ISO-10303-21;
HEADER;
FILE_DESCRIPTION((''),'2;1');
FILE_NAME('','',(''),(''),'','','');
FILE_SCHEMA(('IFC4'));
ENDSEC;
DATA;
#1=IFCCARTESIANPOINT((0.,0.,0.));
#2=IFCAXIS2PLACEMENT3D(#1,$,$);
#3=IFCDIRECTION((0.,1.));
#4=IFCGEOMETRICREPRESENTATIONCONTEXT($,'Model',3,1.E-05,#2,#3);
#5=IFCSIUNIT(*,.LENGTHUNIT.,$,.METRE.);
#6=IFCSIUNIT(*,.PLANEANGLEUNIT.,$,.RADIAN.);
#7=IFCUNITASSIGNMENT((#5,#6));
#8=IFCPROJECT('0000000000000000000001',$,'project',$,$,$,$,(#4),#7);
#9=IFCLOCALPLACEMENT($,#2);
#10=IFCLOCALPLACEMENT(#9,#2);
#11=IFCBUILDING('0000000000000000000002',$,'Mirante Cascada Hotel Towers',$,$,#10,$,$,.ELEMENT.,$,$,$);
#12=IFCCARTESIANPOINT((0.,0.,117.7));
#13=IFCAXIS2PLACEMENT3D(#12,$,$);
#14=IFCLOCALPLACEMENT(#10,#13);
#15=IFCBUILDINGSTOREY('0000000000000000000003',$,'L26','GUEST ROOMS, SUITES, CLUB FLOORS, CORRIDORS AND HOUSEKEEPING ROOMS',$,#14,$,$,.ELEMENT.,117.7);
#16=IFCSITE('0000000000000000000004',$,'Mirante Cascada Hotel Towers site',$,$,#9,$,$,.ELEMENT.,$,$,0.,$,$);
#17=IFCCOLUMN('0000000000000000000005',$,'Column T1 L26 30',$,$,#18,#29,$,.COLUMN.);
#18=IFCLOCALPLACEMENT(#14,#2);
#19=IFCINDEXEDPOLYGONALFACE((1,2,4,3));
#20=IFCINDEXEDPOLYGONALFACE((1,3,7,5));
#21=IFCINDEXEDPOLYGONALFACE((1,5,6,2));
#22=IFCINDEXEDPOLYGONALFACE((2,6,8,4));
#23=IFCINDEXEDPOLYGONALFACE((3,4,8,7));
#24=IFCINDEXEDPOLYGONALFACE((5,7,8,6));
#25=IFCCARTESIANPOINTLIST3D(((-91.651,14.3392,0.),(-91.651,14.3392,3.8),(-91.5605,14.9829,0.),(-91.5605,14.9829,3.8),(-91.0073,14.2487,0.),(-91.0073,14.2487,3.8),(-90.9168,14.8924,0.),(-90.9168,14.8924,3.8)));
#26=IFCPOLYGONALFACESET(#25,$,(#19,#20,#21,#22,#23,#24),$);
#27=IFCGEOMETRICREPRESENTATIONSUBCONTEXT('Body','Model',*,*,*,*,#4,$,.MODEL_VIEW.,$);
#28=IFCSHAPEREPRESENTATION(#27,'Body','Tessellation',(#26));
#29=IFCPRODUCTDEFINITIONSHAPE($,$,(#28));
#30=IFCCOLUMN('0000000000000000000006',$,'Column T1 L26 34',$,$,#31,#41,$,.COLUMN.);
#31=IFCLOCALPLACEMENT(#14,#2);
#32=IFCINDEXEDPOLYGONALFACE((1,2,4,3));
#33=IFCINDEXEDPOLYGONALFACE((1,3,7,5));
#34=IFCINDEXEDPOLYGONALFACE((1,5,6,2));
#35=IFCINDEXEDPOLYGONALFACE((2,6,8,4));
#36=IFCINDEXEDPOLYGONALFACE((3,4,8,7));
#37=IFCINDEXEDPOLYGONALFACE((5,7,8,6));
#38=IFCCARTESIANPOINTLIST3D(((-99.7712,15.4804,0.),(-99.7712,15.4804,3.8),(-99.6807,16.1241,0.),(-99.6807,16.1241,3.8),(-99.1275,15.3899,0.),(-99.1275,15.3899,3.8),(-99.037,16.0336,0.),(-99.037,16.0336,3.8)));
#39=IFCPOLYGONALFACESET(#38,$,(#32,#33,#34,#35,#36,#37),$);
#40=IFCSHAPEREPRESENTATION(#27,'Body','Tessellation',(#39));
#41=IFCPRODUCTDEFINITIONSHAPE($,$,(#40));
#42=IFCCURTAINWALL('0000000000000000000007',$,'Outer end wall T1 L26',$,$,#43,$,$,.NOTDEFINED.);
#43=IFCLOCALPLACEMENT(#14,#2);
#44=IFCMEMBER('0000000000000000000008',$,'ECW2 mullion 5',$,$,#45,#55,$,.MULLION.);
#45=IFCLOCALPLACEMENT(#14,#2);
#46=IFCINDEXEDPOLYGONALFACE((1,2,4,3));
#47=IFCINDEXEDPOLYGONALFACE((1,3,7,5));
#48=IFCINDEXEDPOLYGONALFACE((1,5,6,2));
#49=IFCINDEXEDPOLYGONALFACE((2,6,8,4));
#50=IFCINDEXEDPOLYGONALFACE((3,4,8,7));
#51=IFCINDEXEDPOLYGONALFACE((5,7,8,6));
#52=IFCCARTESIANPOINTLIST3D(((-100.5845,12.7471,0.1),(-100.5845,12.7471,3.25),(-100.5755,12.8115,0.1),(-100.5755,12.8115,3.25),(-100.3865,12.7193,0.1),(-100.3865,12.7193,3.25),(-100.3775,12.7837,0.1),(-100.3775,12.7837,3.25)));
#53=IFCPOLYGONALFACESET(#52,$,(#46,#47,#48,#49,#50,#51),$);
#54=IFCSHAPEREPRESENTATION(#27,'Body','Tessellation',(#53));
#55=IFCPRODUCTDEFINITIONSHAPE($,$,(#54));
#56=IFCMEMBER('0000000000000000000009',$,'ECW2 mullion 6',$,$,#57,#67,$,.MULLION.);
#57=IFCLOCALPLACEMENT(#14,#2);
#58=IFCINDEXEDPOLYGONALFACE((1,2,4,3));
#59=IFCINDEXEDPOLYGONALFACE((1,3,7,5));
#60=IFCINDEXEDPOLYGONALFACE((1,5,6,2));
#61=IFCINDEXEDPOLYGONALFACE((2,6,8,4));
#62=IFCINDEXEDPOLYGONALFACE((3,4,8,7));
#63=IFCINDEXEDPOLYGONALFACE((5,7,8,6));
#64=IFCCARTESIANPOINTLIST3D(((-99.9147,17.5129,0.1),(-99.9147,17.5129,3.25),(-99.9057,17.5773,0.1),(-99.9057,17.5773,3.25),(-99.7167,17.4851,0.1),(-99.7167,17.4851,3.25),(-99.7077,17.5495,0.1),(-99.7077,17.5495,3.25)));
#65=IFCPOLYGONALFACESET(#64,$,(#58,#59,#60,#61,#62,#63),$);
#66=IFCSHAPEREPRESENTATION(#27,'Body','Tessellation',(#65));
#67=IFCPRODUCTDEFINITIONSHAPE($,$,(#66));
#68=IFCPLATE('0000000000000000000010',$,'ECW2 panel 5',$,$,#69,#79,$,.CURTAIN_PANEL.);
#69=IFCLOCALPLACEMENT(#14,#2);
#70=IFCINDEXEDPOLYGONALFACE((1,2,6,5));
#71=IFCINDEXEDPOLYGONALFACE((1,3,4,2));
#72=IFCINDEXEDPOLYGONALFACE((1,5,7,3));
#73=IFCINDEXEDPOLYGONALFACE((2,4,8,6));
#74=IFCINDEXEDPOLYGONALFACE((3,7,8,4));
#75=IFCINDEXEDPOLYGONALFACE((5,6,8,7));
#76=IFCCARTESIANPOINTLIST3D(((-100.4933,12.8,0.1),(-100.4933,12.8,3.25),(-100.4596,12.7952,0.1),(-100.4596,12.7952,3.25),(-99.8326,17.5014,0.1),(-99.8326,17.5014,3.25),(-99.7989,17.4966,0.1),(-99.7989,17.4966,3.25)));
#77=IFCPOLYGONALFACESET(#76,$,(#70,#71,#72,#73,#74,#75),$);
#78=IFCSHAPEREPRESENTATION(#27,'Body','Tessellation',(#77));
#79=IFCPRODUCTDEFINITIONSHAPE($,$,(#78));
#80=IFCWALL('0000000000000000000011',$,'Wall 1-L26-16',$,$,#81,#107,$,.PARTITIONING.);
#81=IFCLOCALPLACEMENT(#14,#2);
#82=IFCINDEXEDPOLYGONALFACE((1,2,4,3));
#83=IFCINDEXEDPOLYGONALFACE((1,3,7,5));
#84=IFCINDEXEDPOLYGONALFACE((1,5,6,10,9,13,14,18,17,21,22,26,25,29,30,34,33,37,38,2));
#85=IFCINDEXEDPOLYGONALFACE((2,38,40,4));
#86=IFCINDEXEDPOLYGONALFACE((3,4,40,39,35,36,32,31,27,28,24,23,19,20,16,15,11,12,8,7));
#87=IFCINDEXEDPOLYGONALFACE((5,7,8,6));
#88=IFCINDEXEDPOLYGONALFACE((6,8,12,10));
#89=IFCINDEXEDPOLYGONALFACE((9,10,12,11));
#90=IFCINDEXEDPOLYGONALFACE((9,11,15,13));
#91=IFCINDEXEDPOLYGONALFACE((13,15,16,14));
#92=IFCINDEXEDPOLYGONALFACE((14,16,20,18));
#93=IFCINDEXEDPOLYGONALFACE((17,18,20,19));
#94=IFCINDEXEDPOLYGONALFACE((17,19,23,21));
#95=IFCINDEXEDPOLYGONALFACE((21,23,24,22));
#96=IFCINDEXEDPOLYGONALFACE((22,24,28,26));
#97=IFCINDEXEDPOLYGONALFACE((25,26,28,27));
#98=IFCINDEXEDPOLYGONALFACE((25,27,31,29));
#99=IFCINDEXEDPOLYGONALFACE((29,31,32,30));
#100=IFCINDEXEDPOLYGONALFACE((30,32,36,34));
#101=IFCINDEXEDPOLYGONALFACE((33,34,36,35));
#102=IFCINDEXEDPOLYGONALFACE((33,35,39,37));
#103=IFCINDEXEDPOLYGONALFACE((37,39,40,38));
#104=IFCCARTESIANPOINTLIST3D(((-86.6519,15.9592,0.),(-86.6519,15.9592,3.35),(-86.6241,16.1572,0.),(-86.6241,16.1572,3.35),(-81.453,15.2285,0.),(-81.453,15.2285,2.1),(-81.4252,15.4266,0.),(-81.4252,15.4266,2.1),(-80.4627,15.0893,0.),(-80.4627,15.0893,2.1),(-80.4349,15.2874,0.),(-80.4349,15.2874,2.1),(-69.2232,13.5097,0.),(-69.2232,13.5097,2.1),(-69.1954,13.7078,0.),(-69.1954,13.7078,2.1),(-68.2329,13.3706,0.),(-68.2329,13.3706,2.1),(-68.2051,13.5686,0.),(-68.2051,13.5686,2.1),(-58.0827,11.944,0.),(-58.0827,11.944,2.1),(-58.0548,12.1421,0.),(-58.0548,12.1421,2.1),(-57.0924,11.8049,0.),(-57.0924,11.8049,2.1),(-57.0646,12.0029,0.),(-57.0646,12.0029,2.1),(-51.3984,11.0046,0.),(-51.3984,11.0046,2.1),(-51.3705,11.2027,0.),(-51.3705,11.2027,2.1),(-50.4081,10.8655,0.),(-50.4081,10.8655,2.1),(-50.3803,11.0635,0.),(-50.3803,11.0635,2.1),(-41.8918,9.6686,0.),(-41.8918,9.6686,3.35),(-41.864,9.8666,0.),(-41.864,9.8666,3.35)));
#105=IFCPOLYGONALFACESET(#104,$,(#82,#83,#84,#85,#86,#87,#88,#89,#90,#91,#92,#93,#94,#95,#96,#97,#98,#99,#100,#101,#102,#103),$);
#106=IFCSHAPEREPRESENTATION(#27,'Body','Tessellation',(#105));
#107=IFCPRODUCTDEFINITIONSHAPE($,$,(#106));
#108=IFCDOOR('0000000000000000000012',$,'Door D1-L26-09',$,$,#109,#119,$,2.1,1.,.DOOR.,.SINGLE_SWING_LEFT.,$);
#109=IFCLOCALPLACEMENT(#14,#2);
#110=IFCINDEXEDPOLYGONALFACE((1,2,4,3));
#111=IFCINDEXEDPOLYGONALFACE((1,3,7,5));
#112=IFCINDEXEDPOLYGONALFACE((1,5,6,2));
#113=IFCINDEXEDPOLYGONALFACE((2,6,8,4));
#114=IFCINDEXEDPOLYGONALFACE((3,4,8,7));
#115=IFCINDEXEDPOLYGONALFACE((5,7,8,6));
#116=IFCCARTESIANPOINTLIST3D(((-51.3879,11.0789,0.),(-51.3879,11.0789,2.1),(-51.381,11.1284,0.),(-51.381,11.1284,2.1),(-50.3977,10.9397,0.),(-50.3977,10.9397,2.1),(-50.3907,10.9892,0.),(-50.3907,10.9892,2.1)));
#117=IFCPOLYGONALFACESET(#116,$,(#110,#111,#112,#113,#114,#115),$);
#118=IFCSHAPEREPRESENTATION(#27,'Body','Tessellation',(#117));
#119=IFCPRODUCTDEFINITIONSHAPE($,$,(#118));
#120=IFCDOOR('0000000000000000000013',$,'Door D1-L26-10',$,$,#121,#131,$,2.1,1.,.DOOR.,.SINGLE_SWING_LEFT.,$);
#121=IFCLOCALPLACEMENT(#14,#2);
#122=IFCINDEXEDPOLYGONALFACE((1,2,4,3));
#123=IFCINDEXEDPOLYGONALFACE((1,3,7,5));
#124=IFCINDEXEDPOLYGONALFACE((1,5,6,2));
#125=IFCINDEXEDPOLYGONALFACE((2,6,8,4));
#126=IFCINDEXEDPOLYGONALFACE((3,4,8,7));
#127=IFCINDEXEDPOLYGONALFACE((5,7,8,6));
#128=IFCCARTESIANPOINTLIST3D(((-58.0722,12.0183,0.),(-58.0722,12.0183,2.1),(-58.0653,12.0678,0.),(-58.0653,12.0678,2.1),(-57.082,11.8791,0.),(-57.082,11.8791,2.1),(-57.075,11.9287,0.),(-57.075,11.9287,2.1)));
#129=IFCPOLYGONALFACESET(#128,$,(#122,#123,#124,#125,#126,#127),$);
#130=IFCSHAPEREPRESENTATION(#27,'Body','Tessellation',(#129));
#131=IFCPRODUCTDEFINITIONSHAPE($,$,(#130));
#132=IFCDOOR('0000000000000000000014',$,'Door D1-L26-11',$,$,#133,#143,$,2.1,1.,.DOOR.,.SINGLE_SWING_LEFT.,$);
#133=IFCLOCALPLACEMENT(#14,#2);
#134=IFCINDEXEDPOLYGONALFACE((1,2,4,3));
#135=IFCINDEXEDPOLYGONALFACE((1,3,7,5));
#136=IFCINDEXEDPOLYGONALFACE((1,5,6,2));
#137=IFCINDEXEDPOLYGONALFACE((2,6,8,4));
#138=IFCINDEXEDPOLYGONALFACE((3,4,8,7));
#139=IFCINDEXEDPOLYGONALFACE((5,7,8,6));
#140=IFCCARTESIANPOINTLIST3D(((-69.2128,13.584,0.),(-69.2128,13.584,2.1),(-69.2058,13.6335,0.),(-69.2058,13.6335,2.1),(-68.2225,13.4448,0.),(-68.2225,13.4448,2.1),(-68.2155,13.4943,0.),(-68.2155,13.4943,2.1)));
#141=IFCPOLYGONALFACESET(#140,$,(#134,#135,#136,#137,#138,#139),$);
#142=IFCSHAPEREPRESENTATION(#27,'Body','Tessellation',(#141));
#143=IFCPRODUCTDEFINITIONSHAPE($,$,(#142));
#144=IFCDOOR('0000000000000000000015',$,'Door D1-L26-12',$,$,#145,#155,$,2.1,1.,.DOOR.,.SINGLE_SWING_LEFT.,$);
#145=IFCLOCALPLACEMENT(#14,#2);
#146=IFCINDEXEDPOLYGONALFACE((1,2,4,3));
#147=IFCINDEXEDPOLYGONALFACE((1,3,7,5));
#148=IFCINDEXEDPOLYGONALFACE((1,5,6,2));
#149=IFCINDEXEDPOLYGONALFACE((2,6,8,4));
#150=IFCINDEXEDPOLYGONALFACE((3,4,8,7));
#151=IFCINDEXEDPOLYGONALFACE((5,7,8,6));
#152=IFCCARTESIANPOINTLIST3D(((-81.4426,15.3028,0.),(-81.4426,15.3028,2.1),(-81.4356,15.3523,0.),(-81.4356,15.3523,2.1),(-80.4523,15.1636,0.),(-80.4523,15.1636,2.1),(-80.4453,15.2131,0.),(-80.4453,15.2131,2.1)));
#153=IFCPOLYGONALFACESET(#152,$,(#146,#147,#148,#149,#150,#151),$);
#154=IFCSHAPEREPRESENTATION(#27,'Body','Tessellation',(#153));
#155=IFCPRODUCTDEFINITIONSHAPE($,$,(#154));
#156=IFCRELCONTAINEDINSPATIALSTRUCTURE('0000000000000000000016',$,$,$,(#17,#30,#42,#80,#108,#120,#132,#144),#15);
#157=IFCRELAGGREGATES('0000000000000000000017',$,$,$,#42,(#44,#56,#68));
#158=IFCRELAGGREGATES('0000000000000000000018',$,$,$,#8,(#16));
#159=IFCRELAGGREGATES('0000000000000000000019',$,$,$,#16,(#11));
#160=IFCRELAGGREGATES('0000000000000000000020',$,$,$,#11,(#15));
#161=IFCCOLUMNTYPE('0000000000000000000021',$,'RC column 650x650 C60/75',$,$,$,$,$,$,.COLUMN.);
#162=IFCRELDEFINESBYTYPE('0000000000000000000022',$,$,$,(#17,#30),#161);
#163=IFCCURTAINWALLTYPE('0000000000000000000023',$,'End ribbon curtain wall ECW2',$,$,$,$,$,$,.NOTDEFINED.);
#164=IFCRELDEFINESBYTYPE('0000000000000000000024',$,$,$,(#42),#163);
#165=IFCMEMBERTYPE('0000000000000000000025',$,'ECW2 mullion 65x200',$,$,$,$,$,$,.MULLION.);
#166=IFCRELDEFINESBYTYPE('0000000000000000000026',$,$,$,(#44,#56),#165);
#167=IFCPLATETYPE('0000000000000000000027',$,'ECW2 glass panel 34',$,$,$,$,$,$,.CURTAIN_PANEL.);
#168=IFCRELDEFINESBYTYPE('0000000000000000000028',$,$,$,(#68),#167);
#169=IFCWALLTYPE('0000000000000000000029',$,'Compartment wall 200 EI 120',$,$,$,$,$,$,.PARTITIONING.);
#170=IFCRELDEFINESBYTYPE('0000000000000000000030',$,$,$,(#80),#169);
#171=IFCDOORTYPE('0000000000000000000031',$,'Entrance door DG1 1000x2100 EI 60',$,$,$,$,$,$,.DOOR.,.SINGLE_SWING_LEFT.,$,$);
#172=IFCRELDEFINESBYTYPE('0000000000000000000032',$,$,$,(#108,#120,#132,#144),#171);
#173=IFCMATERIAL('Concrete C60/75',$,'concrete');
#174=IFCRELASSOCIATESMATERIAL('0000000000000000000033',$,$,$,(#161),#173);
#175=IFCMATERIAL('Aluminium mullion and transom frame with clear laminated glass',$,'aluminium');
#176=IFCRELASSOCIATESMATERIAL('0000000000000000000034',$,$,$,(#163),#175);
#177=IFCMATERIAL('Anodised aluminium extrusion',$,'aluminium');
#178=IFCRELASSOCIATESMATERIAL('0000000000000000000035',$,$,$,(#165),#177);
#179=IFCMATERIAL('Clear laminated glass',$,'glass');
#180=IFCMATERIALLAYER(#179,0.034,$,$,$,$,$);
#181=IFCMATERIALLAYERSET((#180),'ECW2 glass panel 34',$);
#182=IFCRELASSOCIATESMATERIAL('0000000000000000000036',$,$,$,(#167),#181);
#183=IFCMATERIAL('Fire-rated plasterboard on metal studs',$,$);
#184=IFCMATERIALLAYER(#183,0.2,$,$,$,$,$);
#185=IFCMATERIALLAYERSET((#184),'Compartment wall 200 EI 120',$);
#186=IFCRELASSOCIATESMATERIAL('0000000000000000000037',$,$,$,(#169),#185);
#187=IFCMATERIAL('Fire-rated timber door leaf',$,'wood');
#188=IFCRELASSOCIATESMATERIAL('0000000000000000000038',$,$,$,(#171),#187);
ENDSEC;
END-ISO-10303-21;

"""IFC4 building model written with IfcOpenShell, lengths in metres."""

from ifc_helpers import new_model, si_unit, direction, frame, frame_2d, origin, origin_2d, place, context, subcontext, project, spatial, rectangle, extrude, material, layer, layer_set, material_profile, profile_set, type_object, element, fill, aggregate, save


model = new_model("IFC4")

# Units and contexts
model_context = context("Model", 3, precision=1e-05, world=origin(), true_north=direction((0.0, 1.0)))
body_context = subcontext(model_context, "Body", "Model", "MODEL_VIEW")
ifc_project = project(units=[si_unit("LENGTHUNIT", "METRE"), si_unit("PLANEANGLEUNIT", "RADIAN")], contexts=[model_context])

# Site, building, storey
site_placement = place(None, origin())
site = spatial("IfcSite", under=ifc_project, at=site_placement, Name="Mirante Cascada Hotel Towers site", CompositionType="ELEMENT", RefElevation=0.0)
building_placement = place(site_placement, origin())
building = spatial("IfcBuilding", under=site, at=building_placement, Name="Mirante Cascada Hotel Towers", CompositionType="ELEMENT")
storey_placement = place(building_placement, frame((0.0, 0.0, 117.7)))
storey = spatial("IfcBuildingStorey", under=building, at=storey_placement, Name="L26", Description="GUEST ROOMS, SUITES, CLUB FLOORS, CORRIDORS AND HOUSEKEEPING ROOMS", CompositionType="ELEMENT", Elevation=117.7)

# Columns
ifc_material_1 = material(Name="Concrete C60/75", Category="concrete")
ifc_material_profile_1 = material_profile(ifc_material_1, rectangle(XDim=0.65, YDim=0.65, at=origin_2d()), Name="RC column 650x650 C60/75")
ifc_profile_set_1 = profile_set([ifc_material_profile_1], Name="Concrete C60/75")
column_type = type_object("IfcColumnType", Name="RC column 650x650 C60/75", PredefinedType="COLUMN", material=ifc_profile_set_1)
for number, where, z_axis, x_axis, name in (
    (1, (-91.2839, 14.6158, 0.0), (0.0, 0.0, 1.0), (-0.990268, 0.139173, 0.0), "Column T1 L26 30"),
    (2, (-99.4041, 15.757, 0.0), (0.0, 0.0, 1.0), (-0.990268, 0.139173, 0.0), "Column T1 L26 34"),
):
    element("IfcColumn", number, at=place(storey_placement, frame(where, z_axis=z_axis, x_axis=x_axis)), inside=storey, type_object=column_type, Name=name, PredefinedType="COLUMN", context=body_context, shape_type="SweptSolid", body=[
        extrude(rectangle(XDim=0.65, YDim=0.65, at=origin_2d()), origin(), (0.0, 0.0, 1.0), 3.8),
    ])

# Curtain wall, members, plate
ifc_material_2 = material(Name="Aluminium mullion and transom frame with clear laminated glass", Category="aluminium")
curtain_wall_type = type_object("IfcCurtainWallType", Name="End ribbon curtain wall ECW2", PredefinedType="NOTDEFINED", material=ifc_material_2)
curtain_wall_placement = place(storey_placement, origin())
curtain_wall = element("IfcCurtainWall", 3, at=curtain_wall_placement, inside=storey, type_object=curtain_wall_type, Name="Outer end wall T1 L26", PredefinedType="NOTDEFINED")
ifc_material_3 = material(Name="Anodised aluminium extrusion", Category="aluminium")
ifc_material_profile_2 = material_profile(ifc_material_3, rectangle(XDim=0.2, YDim=0.065, at=origin_2d()), Name="ECW2 MULLION 65x200")
ifc_profile_set_2 = profile_set([ifc_material_profile_2], Name="Anodised aluminium extrusion")
member_type = type_object("IfcMemberType", Name="ECW2 mullion 65x200", PredefinedType="MULLION", material=ifc_profile_set_2)
member_1_placement = place(storey_placement, frame((-100.481, 12.7654, 0.1), z_axis=(0.0, 0.0, 1.0), x_axis=(-0.990268, 0.139173, 0.0)))
member_1 = element("IfcMember", 4, at=member_1_placement, type_object=member_type, Name="ECW2 mullion 5", PredefinedType="MULLION", context=body_context, shape_type="SweptSolid", body=[
    extrude(rectangle(XDim=0.2, YDim=0.065, at=origin_2d()), origin(), (0.0, 0.0, 1.0), 3.15),
])
member_2_placement = place(storey_placement, frame((-99.8112, 17.5312, 0.1), z_axis=(0.0, 0.0, 1.0), x_axis=(-0.990268, 0.139173, 0.0)))
member_2 = element("IfcMember", 5, at=member_2_placement, type_object=member_type, Name="ECW2 mullion 6", PredefinedType="MULLION", context=body_context, shape_type="SweptSolid", body=[
    extrude(rectangle(XDim=0.2, YDim=0.065, at=origin_2d()), origin(), (0.0, 0.0, 1.0), 3.15),
])
ifc_material_4 = material(Name="Clear laminated glass", Category="glass")
ifc_layer_1 = layer(ifc_material_4, 0.034)
ifc_layer_set_1 = layer_set([ifc_layer_1], Name="ECW2 glass panel 34")
plate_type = type_object("IfcPlateType", Name="ECW2 glass panel 34", PredefinedType="CURTAIN_PANEL", material=ifc_layer_set_1)
plate_placement = place(storey_placement, frame((-100.1461, 15.1483, 0.1), z_axis=(0.0, 0.0, 1.0), x_axis=(0.139173, 0.990268, 0.0)))
plate = element("IfcPlate", 6, at=plate_placement, type_object=plate_type, Name="ECW2 panel 5", PredefinedType="CURTAIN_PANEL", context=body_context, shape_type="SweptSolid", body=[
    extrude(rectangle(XDim=4.7476, YDim=0.034, at=origin_2d()), origin(), (0.0, 0.0, 1.0), 3.15),
])
aggregate(curtain_wall, [member_1, member_2, plate])

# Wall, openings, doors
ifc_material_5 = material(Name="Fire-rated plasterboard on metal studs")
ifc_layer_2 = layer(ifc_material_5, 0.2)
ifc_layer_set_2 = layer_set([ifc_layer_2], Name="Compartment wall 200 EI 120")
wall_type_1 = type_object("IfcWallType", Name="Compartment wall 200 EI 120", PredefinedType="PARTITIONING", material=ifc_layer_set_2)
wall_1_placement = place(storey_placement, frame((-86.638, 16.0582, 0.0), z_axis=(0.0, 0.0, 1.0), x_axis=(0.990268, -0.139173, 0.0)))
wall_1 = element("IfcWall", 7, at=wall_1_placement, inside=storey, type_object=wall_type_1, Name="Wall 1-L26-16", PredefinedType="PARTITIONING", context=body_context, shape_type="SweptSolid", body=[
    extrude(rectangle(XDim=45.2, YDim=0.2, at=frame_2d((22.6, 0.0))), origin(), (0.0, 0.0, 1.0), 3.35),
])
opening_1_placement = place(wall_1_placement, frame((35.6, 0.0, 0.0)))
opening_1 = element("IfcOpeningElement", 8, at=opening_1_placement, cuts=wall_1, PredefinedType="OPENING", context=body_context, shape_type="SweptSolid", body=[
    extrude(rectangle(XDim=1.0, YDim=2.1, at=frame_2d((0.5, 1.05))), frame((0.0, 0.1, 0.0), z_axis=(0.0, -1.0, 0.0), x_axis=(1.0, 0.0, 0.0)), (0.0, 0.0, 1.0), 0.2),
])
opening_2_placement = place(wall_1_placement, frame((28.85, 0.0, 0.0)))
opening_2 = element("IfcOpeningElement", 9, at=opening_2_placement, cuts=wall_1, PredefinedType="OPENING", context=body_context, shape_type="SweptSolid", body=[
    extrude(rectangle(XDim=1.0, YDim=2.1, at=frame_2d((0.5, 1.05))), frame((0.0, 0.1, 0.0), z_axis=(0.0, -1.0, 0.0), x_axis=(1.0, 0.0, 0.0)), (0.0, 0.0, 1.0), 0.2),
])
opening_3_placement = place(wall_1_placement, frame((17.6, 0.0, 0.0)))
opening_3 = element("IfcOpeningElement", 10, at=opening_3_placement, cuts=wall_1, PredefinedType="OPENING", context=body_context, shape_type="SweptSolid", body=[
    extrude(rectangle(XDim=1.0, YDim=2.1, at=frame_2d((0.5, 1.05))), frame((0.0, 0.1, 0.0), z_axis=(0.0, -1.0, 0.0), x_axis=(1.0, 0.0, 0.0)), (0.0, 0.0, 1.0), 0.2),
])
opening_4_placement = place(wall_1_placement, frame((5.25, 0.0, 0.0)))
opening_4 = element("IfcOpeningElement", 11, at=opening_4_placement, cuts=wall_1, PredefinedType="OPENING", context=body_context, shape_type="SweptSolid", body=[
    extrude(rectangle(XDim=1.0, YDim=2.1, at=frame_2d((0.5, 1.05))), frame((0.0, 0.1, 0.0), z_axis=(0.0, -1.0, 0.0), x_axis=(1.0, 0.0, 0.0)), (0.0, 0.0, 1.0), 0.2),
])
ifc_material_6 = material(Name="Fire-rated timber door leaf", Category="wood")
door_type_1 = type_object("IfcDoorType", Name="Entrance door DG1 1000x2100 EI 60", OperationType="SINGLE_SWING_LEFT", PredefinedType="DOOR", material=ifc_material_6)
door_1_placement = place(opening_1_placement, origin())
door_1 = element("IfcDoor", 12, at=door_1_placement, inside=storey, type_object=door_type_1, Name="Door D1-L26-09", OperationType="SINGLE_SWING_LEFT", OverallHeight=2.1, OverallWidth=1.0, PredefinedType="DOOR", context=body_context, shape_type="SweptSolid", body=[
    extrude(rectangle(XDim=1.0, YDim=2.1, at=frame_2d((0.5, 1.05))), frame((0.0, 0.025, 0.0), z_axis=(0.0, -1.0, 0.0), x_axis=(1.0, 0.0, 0.0)), (0.0, 0.0, 1.0), 0.05),
])
fill(opening_1, door_1)
door_2_placement = place(opening_2_placement, origin())
door_2 = element("IfcDoor", 13, at=door_2_placement, inside=storey, type_object=door_type_1, Name="Door D1-L26-10", OperationType="SINGLE_SWING_LEFT", OverallHeight=2.1, OverallWidth=1.0, PredefinedType="DOOR", context=body_context, shape_type="SweptSolid", body=[
    extrude(rectangle(XDim=1.0, YDim=2.1, at=frame_2d((0.5, 1.05))), frame((0.0, 0.025, 0.0), z_axis=(0.0, -1.0, 0.0), x_axis=(1.0, 0.0, 0.0)), (0.0, 0.0, 1.0), 0.05),
])
fill(opening_2, door_2)
door_3_placement = place(opening_3_placement, origin())
door_3 = element("IfcDoor", 14, at=door_3_placement, inside=storey, type_object=door_type_1, Name="Door D1-L26-11", OperationType="SINGLE_SWING_LEFT", OverallHeight=2.1, OverallWidth=1.0, PredefinedType="DOOR", context=body_context, shape_type="SweptSolid", body=[
    extrude(rectangle(XDim=1.0, YDim=2.1, at=frame_2d((0.5, 1.05))), frame((0.0, 0.025, 0.0), z_axis=(0.0, -1.0, 0.0), x_axis=(1.0, 0.0, 0.0)), (0.0, 0.0, 1.0), 0.05),
])
fill(opening_3, door_3)
door_4_placement = place(opening_4_placement, origin())
door_4 = element("IfcDoor", 15, at=door_4_placement, inside=storey, type_object=door_type_1, Name="Door D1-L26-12", OperationType="SINGLE_SWING_LEFT", OverallHeight=2.1, OverallWidth=1.0, PredefinedType="DOOR", context=body_context, shape_type="SweptSolid", body=[
    extrude(rectangle(XDim=1.0, YDim=2.1, at=frame_2d((0.5, 1.05))), frame((0.0, 0.025, 0.0), z_axis=(0.0, -1.0, 0.0), x_axis=(1.0, 0.0, 0.0)), (0.0, 0.0, 1.0), 0.05),
])
fill(opening_4, door_4)

save(model, "model.ifc")
